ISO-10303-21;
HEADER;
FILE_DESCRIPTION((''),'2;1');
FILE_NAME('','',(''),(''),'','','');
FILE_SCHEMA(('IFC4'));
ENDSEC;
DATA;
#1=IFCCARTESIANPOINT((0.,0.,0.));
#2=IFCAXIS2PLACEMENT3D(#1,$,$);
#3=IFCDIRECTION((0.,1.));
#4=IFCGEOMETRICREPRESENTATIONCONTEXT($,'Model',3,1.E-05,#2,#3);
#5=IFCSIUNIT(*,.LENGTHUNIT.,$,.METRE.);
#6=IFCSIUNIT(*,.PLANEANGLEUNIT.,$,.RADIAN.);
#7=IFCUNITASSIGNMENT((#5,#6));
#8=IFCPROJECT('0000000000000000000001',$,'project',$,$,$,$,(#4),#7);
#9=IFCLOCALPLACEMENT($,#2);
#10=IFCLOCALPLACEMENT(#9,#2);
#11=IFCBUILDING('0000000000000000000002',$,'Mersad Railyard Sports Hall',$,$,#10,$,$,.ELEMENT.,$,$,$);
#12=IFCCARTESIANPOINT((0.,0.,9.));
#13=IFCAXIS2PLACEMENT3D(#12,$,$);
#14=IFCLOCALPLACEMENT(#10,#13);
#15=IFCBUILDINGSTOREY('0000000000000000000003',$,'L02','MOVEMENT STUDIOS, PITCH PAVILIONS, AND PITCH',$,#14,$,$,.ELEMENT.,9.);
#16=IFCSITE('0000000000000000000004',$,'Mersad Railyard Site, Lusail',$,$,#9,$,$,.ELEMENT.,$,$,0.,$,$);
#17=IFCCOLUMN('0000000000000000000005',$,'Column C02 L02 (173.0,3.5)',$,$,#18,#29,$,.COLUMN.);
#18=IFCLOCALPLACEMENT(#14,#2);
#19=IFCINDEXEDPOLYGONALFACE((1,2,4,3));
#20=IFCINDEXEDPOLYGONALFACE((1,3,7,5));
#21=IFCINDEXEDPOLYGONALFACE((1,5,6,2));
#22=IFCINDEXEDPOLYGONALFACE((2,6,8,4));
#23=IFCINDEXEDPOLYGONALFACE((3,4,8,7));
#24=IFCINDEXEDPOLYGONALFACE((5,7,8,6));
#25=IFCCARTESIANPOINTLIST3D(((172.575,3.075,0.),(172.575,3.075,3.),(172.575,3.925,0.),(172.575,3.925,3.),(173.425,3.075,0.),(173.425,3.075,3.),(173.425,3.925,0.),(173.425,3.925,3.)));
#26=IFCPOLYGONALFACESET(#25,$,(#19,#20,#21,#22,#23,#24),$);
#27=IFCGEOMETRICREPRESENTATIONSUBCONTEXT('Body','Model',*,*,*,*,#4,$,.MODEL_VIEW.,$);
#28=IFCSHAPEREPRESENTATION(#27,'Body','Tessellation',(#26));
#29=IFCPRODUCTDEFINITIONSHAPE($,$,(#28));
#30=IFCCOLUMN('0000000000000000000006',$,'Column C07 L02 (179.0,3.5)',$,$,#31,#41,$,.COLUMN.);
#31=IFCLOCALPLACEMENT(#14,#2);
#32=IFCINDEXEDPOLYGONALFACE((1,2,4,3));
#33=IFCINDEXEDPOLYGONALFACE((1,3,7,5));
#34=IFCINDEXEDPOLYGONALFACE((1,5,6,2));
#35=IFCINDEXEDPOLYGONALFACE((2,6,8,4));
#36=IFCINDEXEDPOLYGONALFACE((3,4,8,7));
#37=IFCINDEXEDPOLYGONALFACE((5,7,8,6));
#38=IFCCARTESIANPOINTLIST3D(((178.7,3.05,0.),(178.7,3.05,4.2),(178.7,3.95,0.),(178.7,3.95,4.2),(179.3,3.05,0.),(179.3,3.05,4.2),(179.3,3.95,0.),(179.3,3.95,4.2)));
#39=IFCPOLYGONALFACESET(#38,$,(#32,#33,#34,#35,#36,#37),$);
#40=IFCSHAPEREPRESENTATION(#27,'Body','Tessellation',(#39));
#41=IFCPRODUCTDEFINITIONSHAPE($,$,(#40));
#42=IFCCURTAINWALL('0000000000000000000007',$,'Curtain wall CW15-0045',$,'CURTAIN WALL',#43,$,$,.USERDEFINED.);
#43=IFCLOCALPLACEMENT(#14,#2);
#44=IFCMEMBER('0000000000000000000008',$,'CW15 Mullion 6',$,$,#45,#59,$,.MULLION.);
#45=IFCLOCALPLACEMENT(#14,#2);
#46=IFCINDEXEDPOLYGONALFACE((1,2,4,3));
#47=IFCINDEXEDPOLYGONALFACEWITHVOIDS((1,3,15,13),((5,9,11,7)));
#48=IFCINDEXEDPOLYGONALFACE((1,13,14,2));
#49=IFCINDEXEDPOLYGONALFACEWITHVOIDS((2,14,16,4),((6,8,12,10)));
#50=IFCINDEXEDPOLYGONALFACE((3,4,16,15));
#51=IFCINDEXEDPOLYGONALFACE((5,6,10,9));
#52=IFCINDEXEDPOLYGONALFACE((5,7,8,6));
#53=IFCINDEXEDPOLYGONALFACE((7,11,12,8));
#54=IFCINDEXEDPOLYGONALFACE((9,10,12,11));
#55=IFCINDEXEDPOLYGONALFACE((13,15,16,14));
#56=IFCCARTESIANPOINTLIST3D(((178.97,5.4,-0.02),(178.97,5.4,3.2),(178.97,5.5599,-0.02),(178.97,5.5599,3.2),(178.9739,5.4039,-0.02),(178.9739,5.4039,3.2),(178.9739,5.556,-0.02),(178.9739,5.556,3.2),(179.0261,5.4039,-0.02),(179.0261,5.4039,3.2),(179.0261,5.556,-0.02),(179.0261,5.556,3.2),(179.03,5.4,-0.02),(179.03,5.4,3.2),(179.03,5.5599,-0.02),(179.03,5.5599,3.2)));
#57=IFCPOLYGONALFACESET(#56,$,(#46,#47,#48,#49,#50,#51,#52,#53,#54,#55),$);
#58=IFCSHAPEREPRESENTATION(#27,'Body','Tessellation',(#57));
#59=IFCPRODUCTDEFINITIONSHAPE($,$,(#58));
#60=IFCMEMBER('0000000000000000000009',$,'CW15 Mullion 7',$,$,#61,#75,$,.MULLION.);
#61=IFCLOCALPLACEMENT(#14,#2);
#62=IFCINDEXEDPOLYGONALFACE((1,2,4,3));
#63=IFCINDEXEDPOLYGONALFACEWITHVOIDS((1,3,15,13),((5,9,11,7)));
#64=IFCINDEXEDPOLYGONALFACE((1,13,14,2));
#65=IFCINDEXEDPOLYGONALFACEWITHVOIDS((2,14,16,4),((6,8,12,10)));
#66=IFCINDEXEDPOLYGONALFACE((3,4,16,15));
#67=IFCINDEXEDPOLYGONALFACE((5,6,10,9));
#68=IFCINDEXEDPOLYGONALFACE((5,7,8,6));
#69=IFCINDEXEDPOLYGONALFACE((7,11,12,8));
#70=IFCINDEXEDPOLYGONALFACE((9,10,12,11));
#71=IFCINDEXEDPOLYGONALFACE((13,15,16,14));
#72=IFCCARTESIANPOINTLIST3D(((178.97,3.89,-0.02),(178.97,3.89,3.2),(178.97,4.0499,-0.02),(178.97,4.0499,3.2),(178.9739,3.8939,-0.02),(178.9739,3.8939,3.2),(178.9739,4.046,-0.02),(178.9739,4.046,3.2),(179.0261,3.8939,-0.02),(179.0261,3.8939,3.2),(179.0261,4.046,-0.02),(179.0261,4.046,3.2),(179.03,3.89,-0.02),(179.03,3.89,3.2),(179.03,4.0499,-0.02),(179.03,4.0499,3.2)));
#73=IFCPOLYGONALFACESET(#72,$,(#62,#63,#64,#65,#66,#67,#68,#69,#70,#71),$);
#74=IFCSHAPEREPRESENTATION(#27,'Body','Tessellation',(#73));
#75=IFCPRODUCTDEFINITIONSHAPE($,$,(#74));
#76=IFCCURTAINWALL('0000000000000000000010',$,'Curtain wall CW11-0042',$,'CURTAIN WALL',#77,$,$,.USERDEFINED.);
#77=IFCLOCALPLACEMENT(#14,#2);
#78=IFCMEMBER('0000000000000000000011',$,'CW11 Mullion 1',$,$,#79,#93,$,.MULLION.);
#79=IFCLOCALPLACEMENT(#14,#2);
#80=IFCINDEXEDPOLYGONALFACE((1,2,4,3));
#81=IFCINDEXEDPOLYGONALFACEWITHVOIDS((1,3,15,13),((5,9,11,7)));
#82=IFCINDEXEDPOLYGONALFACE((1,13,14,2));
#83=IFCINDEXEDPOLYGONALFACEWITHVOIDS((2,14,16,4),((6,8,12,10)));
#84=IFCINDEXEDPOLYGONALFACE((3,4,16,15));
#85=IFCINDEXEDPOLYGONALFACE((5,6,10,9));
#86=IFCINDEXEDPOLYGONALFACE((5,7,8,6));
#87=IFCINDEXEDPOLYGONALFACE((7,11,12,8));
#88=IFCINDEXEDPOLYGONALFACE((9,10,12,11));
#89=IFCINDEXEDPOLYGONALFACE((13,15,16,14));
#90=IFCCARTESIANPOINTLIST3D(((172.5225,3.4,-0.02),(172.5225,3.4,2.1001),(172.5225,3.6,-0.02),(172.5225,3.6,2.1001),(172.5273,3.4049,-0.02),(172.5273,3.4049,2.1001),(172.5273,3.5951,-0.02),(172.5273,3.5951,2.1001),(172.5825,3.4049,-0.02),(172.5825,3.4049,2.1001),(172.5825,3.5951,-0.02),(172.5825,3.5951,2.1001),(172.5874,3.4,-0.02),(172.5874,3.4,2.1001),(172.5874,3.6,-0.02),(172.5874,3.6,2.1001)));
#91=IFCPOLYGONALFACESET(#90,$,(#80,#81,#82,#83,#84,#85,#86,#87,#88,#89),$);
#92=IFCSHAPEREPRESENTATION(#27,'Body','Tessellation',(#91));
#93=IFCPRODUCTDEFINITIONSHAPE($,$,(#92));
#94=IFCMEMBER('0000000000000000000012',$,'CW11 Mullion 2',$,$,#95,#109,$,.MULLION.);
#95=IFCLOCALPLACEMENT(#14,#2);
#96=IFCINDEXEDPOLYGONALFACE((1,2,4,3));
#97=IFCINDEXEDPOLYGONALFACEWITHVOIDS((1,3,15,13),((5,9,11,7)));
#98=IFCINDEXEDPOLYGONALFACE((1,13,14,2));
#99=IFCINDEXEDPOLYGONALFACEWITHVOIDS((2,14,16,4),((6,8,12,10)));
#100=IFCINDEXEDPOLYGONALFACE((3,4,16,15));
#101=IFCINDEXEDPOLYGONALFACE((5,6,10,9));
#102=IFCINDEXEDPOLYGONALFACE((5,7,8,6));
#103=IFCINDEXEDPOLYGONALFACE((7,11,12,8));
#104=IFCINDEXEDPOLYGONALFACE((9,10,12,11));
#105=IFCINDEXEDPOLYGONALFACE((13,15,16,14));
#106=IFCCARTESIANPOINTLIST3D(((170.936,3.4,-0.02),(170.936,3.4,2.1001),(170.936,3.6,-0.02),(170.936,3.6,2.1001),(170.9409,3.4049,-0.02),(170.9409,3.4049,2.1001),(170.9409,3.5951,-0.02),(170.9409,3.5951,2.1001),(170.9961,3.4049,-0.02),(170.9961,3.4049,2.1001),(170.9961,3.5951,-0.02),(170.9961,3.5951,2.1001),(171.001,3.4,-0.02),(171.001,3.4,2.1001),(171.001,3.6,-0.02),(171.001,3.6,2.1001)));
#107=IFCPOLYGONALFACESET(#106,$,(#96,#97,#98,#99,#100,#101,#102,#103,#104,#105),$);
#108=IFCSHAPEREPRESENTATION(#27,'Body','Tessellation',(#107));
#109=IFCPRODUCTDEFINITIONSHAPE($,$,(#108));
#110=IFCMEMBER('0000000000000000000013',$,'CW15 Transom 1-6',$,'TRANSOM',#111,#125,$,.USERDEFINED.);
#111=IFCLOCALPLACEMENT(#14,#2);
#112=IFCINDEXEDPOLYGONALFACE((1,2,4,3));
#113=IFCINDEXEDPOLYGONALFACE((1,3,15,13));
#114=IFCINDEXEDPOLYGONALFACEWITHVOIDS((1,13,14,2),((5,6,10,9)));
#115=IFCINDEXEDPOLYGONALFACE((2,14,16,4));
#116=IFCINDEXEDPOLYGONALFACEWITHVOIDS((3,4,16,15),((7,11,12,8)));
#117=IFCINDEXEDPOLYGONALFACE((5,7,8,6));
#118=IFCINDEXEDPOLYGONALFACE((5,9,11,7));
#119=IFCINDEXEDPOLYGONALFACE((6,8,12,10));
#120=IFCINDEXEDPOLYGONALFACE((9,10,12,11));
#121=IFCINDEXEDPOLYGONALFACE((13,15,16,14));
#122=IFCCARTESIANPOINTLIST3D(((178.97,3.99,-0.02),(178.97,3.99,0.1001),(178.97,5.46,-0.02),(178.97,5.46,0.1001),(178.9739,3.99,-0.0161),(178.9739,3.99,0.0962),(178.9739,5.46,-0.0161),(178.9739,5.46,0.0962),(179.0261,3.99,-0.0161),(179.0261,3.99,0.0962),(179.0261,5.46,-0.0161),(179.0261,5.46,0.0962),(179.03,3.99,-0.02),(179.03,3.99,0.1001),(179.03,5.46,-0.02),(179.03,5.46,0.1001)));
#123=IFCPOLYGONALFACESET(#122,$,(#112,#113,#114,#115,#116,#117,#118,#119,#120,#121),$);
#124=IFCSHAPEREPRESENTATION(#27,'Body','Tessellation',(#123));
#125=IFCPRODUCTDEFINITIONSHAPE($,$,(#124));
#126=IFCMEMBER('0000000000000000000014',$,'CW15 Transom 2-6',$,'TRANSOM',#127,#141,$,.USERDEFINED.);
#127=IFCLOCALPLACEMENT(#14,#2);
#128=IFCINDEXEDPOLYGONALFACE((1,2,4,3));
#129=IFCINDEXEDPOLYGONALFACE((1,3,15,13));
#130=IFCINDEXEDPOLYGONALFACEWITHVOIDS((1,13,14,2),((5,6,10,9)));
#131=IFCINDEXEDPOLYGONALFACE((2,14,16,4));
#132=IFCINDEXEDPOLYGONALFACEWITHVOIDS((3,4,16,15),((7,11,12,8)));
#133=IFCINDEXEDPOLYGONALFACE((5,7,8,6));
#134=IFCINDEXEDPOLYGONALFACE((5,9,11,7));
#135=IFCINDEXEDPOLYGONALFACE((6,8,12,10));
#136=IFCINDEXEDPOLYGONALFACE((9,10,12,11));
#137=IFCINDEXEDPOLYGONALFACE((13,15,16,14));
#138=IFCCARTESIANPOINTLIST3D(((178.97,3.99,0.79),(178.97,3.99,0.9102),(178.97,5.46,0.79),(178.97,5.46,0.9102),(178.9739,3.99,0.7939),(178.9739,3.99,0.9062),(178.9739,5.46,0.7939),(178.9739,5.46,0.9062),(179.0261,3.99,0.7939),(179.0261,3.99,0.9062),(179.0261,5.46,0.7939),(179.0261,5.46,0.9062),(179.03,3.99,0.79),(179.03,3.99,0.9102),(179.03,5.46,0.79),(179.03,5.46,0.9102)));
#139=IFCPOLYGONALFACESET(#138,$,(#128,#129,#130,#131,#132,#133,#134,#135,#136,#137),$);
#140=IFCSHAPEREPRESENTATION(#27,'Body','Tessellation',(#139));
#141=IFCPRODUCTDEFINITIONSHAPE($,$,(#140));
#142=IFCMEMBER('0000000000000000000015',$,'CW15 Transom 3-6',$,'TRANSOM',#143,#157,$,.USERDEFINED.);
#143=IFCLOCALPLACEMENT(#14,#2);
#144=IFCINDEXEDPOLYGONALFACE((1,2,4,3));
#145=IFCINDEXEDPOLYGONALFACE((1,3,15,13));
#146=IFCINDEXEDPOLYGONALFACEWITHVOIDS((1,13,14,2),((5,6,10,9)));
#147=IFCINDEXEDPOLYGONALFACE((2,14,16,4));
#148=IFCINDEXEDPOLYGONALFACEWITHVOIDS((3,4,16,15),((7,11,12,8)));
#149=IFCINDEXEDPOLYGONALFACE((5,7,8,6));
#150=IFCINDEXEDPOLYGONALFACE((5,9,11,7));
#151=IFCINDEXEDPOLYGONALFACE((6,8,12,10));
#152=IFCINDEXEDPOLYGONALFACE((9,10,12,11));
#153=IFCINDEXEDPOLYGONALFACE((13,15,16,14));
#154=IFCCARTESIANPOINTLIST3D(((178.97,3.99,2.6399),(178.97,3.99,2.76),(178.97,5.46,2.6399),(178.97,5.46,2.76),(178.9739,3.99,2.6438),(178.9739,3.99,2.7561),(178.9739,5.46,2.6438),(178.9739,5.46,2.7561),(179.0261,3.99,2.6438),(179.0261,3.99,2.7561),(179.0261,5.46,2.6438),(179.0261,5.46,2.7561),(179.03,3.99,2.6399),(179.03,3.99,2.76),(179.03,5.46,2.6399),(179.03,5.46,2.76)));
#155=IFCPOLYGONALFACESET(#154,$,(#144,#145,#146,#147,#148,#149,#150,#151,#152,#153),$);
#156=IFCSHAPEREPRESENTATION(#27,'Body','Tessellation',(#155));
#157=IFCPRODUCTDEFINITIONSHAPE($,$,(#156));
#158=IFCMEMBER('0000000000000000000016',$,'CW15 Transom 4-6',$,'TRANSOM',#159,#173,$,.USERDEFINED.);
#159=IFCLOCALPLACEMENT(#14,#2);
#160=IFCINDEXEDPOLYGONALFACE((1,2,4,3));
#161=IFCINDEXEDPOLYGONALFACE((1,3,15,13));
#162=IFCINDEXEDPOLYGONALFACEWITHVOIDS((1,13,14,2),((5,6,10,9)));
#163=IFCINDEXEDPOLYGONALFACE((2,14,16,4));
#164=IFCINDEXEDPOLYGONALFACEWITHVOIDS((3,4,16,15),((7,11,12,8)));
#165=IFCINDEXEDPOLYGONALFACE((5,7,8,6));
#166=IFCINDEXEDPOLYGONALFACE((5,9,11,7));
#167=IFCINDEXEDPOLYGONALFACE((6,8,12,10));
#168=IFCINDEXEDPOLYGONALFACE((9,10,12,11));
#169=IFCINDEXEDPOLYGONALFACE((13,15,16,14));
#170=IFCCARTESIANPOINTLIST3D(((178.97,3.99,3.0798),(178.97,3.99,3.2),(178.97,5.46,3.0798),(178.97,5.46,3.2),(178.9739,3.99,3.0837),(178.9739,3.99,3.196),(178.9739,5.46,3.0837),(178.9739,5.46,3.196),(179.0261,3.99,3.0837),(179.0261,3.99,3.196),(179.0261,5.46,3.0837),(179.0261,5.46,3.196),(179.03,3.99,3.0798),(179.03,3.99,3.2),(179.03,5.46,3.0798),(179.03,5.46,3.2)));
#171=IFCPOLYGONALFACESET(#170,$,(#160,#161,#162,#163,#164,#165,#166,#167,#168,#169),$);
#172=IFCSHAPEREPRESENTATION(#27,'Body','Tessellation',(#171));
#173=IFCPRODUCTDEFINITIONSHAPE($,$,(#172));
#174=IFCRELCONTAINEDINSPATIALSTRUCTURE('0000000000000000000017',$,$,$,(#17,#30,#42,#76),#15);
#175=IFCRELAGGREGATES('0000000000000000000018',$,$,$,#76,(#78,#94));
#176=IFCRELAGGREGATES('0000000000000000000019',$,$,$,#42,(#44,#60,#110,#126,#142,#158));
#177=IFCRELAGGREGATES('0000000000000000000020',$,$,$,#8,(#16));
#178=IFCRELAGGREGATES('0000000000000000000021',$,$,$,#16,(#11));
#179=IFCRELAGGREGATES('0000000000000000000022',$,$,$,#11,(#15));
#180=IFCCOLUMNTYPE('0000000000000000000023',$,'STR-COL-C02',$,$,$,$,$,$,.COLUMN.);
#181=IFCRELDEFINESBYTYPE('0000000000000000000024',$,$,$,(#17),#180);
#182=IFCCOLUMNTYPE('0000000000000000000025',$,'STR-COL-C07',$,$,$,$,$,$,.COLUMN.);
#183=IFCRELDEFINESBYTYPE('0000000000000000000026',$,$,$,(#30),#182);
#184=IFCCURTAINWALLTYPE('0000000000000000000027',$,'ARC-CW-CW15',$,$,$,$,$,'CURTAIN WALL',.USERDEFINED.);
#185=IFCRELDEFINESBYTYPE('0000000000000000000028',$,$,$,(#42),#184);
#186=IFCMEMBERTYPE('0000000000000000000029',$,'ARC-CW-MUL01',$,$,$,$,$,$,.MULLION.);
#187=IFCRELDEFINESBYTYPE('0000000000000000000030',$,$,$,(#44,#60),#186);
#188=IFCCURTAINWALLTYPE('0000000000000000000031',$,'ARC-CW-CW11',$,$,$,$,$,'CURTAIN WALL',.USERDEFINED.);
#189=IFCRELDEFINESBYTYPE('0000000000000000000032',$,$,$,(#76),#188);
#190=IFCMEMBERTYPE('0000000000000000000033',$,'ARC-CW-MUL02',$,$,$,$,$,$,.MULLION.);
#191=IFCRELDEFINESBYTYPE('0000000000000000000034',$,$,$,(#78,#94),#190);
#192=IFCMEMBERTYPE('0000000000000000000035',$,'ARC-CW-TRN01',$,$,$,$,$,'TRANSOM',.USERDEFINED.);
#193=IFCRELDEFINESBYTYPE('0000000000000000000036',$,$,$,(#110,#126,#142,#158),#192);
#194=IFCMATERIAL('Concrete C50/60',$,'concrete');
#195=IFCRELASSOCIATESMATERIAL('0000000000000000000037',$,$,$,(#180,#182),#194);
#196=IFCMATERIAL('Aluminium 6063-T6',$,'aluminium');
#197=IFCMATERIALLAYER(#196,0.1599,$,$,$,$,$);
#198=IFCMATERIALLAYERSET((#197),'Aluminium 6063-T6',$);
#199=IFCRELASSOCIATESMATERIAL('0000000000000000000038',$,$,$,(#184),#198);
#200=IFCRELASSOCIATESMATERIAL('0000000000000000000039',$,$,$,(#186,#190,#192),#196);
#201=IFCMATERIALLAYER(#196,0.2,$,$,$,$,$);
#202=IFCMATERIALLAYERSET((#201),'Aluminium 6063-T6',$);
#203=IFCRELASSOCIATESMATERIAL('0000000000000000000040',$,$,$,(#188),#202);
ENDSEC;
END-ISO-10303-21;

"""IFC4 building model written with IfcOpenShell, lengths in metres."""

from ifc_helpers import new_model, si_unit, direction, frame, origin, origin_2d, place, context, subcontext, project, spatial, rectangle, hollow_rectangle, extrude, material, layer, layer_set, material_profile, profile_set, type_object, element, aggregate, save


model = new_model("IFC4")

# Units and contexts
model_context = context("Model", 3, precision=1e-05, world=origin(), true_north=direction((0.0, 1.0)))
body_context = subcontext(model_context, "Body", "Model", "MODEL_VIEW")
ifc_project = project(units=[si_unit("LENGTHUNIT", "METRE"), si_unit("PLANEANGLEUNIT", "RADIAN")], contexts=[model_context])

# Site, building, storey
site_placement = place(None, origin())
site = spatial("IfcSite", under=ifc_project, at=site_placement, Name="Mersad Railyard Site, Lusail", CompositionType="ELEMENT", RefElevation=0.0)
building_placement = place(site_placement, origin())
building = spatial("IfcBuilding", under=site, at=building_placement, Name="Mersad Railyard Sports Hall", CompositionType="ELEMENT")
storey_placement = place(building_placement, frame((0.0, 0.0, 9.0)))
storey = spatial("IfcBuildingStorey", under=building, at=storey_placement, Name="L02", Description="MOVEMENT STUDIOS, PITCH PAVILIONS, AND PITCH", CompositionType="ELEMENT", Elevation=9.0)

# Columns
ifc_material_1 = material(Name="Concrete C50/60", Category="concrete")
ifc_material_profile_1 = material_profile(ifc_material_1, rectangle(XDim=0.8501, YDim=0.8501, at=origin_2d()), Name="RC 850x850")
ifc_profile_set_1 = profile_set([ifc_material_profile_1], Name="Concrete C50/60")
column_type_1 = type_object("IfcColumnType", Name="STR-COL-C02", PredefinedType="COLUMN", material=ifc_profile_set_1)
column_1_placement = place(storey_placement, frame((173.0, 3.5, 0.0), z_axis=(0.0, 0.0, 1.0), x_axis=(1.0, 0.0, 0.0)))
element("IfcColumn", 1, at=column_1_placement, inside=storey, type_object=column_type_1, Name="Column C02 L02 (173.0,3.5)", PredefinedType="COLUMN", context=body_context, shape_type="SweptSolid", body=[
    extrude(rectangle(XDim=0.8501, YDim=0.8501, at=origin_2d()), origin(), (0.0, 0.0, 1.0), 3.0),
])
ifc_material_profile_2 = material_profile(ifc_material_1, rectangle(XDim=0.6001, YDim=0.8999, at=origin_2d()), Name="RC 600x900")
ifc_profile_set_2 = profile_set([ifc_material_profile_2], Name="Concrete C50/60")
column_type_2 = type_object("IfcColumnType", Name="STR-COL-C07", PredefinedType="COLUMN", material=ifc_profile_set_2)
column_2_placement = place(storey_placement, frame((179.0, 3.5, 0.0), z_axis=(0.0, 0.0, 1.0), x_axis=(1.0, 0.0, 0.0)))
element("IfcColumn", 2, at=column_2_placement, inside=storey, type_object=column_type_2, Name="Column C07 L02 (179.0,3.5)", PredefinedType="COLUMN", context=body_context, shape_type="SweptSolid", body=[
    extrude(rectangle(XDim=0.6001, YDim=0.8999, at=origin_2d()), origin(), (0.0, 0.0, 1.0), 4.2),
])

# Curtain walls, members
ifc_material_2 = material(Name="Aluminium 6063-T6", Category="aluminium")
ifc_layer_1 = layer(ifc_material_2, 0.1599)
ifc_layer_set_1 = layer_set([ifc_layer_1], Name="Aluminium 6063-T6")
curtain_wall_type_1 = type_object("IfcCurtainWallType", Name="ARC-CW-CW15", ElementType="CURTAIN WALL", PredefinedType="USERDEFINED", material=ifc_layer_set_1)
curtain_wall_1_placement = place(storey_placement, origin())
curtain_wall_1 = element("IfcCurtainWall", 3, at=curtain_wall_1_placement, inside=storey, type_object=curtain_wall_type_1, Name="Curtain wall CW15-0045", ObjectType="CURTAIN WALL", PredefinedType="USERDEFINED")
ifc_material_profile_3 = material_profile(ifc_material_2, hollow_rectangle(XDim=0.0601, YDim=0.1599, WallThickness=0.0039, at=origin_2d()), Name="AL MULLION 60x160x4")
ifc_profile_set_3 = profile_set([ifc_material_profile_3], Name="Aluminium 6063-T6")
member_type_1 = type_object("IfcMemberType", Name="ARC-CW-MUL01", PredefinedType="MULLION", material=ifc_profile_set_3)
member_1_placement = place(storey_placement, frame((179.0, 5.48, -0.02), z_axis=(0.0, 0.0, 1.0), x_axis=(1.0, 0.0, 0.0)))
member_1 = element("IfcMember", 4, at=member_1_placement, type_object=member_type_1, Name="CW15 Mullion 6", PredefinedType="MULLION", context=body_context, shape_type="SweptSolid", body=[
    extrude(hollow_rectangle(XDim=0.0601, YDim=0.1599, WallThickness=0.0039, at=origin_2d()), origin(), (0.0, 0.0, 1.0), 3.22),
])
member_2_placement = place(storey_placement, frame((179.0, 3.97, -0.02), z_axis=(0.0, 0.0, 1.0), x_axis=(1.0, 0.0, 0.0)))
member_2 = element("IfcMember", 5, at=member_2_placement, type_object=member_type_1, Name="CW15 Mullion 7", PredefinedType="MULLION", context=body_context, shape_type="SweptSolid", body=[
    extrude(hollow_rectangle(XDim=0.0601, YDim=0.1599, WallThickness=0.0039, at=origin_2d()), origin(), (0.0, 0.0, 1.0), 3.22),
])
ifc_layer_2 = layer(ifc_material_2, 0.2)
ifc_layer_set_2 = layer_set([ifc_layer_2], Name="Aluminium 6063-T6")
curtain_wall_type_2 = type_object("IfcCurtainWallType", Name="ARC-CW-CW11", ElementType="CURTAIN WALL", PredefinedType="USERDEFINED", material=ifc_layer_set_2)
curtain_wall_2_placement = place(storey_placement, origin())
curtain_wall_2 = element("IfcCurtainWall", 6, at=curtain_wall_2_placement, inside=storey, type_object=curtain_wall_type_2, Name="Curtain wall CW11-0042", ObjectType="CURTAIN WALL", PredefinedType="USERDEFINED")
ifc_material_profile_4 = material_profile(ifc_material_2, hollow_rectangle(XDim=0.0649, YDim=0.2, WallThickness=0.0049, at=origin_2d()), Name="AL MULLION 65x200x5")
ifc_profile_set_4 = profile_set([ifc_material_profile_4], Name="Aluminium 6063-T6")
member_type_2 = type_object("IfcMemberType", Name="ARC-CW-MUL02", PredefinedType="MULLION", material=ifc_profile_set_4)
member_3_placement = place(storey_placement, frame((172.5549, 3.5, -0.02), z_axis=(0.0, 0.0, 1.0), x_axis=(1.0, 0.0, 0.0)))
member_3 = element("IfcMember", 7, at=member_3_placement, type_object=member_type_2, Name="CW11 Mullion 1", PredefinedType="MULLION", context=body_context, shape_type="SweptSolid", body=[
    extrude(hollow_rectangle(XDim=0.0649, YDim=0.2, WallThickness=0.0049, at=origin_2d()), origin(), (0.0, 0.0, 1.0), 2.1201),
])
member_4_placement = place(storey_placement, frame((170.9685, 3.5, -0.02), z_axis=(0.0, 0.0, 1.0), x_axis=(1.0, 0.0, 0.0)))
member_4 = element("IfcMember", 8, at=member_4_placement, type_object=member_type_2, Name="CW11 Mullion 2", PredefinedType="MULLION", context=body_context, shape_type="SweptSolid", body=[
    extrude(hollow_rectangle(XDim=0.0649, YDim=0.2, WallThickness=0.0049, at=origin_2d()), origin(), (0.0, 0.0, 1.0), 2.1201),
])

# Members
ifc_material_profile_5 = material_profile(ifc_material_2, hollow_rectangle(XDim=0.0601, YDim=0.1201, WallThickness=0.0039, at=origin_2d()), Name="AL TRANSOM 60x120x4")
ifc_profile_set_5 = profile_set([ifc_material_profile_5], Name="Aluminium 6063-T6")
member_type_3 = type_object("IfcMemberType", Name="ARC-CW-TRN01", ElementType="TRANSOM", PredefinedType="USERDEFINED", material=ifc_profile_set_5)
member_5_placement = place(storey_placement, frame((179.0, 5.46, 0.04), z_axis=(0.0, -1.0, 0.0), x_axis=(1.0, 0.0, 0.0)))
member_5 = element("IfcMember", 9, at=member_5_placement, type_object=member_type_3, Name="CW15 Transom 1-6", ObjectType="TRANSOM", PredefinedType="USERDEFINED", context=body_context, shape_type="SweptSolid", body=[
    extrude(hollow_rectangle(XDim=0.0601, YDim=0.1201, WallThickness=0.0039, at=origin_2d()), origin(), (0.0, 0.0, 1.0), 1.47),
])
member_6_placement = place(storey_placement, frame((179.0, 5.46, 0.8501), z_axis=(0.0, -1.0, 0.0), x_axis=(1.0, 0.0, 0.0)))
member_6 = element("IfcMember", 10, at=member_6_placement, type_object=member_type_3, Name="CW15 Transom 2-6", ObjectType="TRANSOM", PredefinedType="USERDEFINED", context=body_context, shape_type="SweptSolid", body=[
    extrude(hollow_rectangle(XDim=0.0601, YDim=0.1201, WallThickness=0.0039, at=origin_2d()), origin(), (0.0, 0.0, 1.0), 1.47),
])
member_7_placement = place(storey_placement, frame((179.0, 5.46, 2.7), z_axis=(0.0, -1.0, 0.0), x_axis=(1.0, 0.0, 0.0)))
member_7 = element("IfcMember", 11, at=member_7_placement, type_object=member_type_3, Name="CW15 Transom 3-6", ObjectType="TRANSOM", PredefinedType="USERDEFINED", context=body_context, shape_type="SweptSolid", body=[
    extrude(hollow_rectangle(XDim=0.0601, YDim=0.1201, WallThickness=0.0039, at=origin_2d()), origin(), (0.0, 0.0, 1.0), 1.47),
])
member_8_placement = place(storey_placement, frame((179.0, 5.46, 3.1399), z_axis=(0.0, -1.0, 0.0), x_axis=(1.0, 0.0, 0.0)))
member_8 = element("IfcMember", 12, at=member_8_placement, type_object=member_type_3, Name="CW15 Transom 4-6", ObjectType="TRANSOM", PredefinedType="USERDEFINED", context=body_context, shape_type="SweptSolid", body=[
    extrude(hollow_rectangle(XDim=0.0601, YDim=0.1201, WallThickness=0.0039, at=origin_2d()), origin(), (0.0, 0.0, 1.0), 1.47),
])

aggregate(curtain_wall_2, [member_3, member_4])
aggregate(curtain_wall_1, [member_1, member_2, member_5, member_6, member_7, member_8])

save(model, "model.ifc")
